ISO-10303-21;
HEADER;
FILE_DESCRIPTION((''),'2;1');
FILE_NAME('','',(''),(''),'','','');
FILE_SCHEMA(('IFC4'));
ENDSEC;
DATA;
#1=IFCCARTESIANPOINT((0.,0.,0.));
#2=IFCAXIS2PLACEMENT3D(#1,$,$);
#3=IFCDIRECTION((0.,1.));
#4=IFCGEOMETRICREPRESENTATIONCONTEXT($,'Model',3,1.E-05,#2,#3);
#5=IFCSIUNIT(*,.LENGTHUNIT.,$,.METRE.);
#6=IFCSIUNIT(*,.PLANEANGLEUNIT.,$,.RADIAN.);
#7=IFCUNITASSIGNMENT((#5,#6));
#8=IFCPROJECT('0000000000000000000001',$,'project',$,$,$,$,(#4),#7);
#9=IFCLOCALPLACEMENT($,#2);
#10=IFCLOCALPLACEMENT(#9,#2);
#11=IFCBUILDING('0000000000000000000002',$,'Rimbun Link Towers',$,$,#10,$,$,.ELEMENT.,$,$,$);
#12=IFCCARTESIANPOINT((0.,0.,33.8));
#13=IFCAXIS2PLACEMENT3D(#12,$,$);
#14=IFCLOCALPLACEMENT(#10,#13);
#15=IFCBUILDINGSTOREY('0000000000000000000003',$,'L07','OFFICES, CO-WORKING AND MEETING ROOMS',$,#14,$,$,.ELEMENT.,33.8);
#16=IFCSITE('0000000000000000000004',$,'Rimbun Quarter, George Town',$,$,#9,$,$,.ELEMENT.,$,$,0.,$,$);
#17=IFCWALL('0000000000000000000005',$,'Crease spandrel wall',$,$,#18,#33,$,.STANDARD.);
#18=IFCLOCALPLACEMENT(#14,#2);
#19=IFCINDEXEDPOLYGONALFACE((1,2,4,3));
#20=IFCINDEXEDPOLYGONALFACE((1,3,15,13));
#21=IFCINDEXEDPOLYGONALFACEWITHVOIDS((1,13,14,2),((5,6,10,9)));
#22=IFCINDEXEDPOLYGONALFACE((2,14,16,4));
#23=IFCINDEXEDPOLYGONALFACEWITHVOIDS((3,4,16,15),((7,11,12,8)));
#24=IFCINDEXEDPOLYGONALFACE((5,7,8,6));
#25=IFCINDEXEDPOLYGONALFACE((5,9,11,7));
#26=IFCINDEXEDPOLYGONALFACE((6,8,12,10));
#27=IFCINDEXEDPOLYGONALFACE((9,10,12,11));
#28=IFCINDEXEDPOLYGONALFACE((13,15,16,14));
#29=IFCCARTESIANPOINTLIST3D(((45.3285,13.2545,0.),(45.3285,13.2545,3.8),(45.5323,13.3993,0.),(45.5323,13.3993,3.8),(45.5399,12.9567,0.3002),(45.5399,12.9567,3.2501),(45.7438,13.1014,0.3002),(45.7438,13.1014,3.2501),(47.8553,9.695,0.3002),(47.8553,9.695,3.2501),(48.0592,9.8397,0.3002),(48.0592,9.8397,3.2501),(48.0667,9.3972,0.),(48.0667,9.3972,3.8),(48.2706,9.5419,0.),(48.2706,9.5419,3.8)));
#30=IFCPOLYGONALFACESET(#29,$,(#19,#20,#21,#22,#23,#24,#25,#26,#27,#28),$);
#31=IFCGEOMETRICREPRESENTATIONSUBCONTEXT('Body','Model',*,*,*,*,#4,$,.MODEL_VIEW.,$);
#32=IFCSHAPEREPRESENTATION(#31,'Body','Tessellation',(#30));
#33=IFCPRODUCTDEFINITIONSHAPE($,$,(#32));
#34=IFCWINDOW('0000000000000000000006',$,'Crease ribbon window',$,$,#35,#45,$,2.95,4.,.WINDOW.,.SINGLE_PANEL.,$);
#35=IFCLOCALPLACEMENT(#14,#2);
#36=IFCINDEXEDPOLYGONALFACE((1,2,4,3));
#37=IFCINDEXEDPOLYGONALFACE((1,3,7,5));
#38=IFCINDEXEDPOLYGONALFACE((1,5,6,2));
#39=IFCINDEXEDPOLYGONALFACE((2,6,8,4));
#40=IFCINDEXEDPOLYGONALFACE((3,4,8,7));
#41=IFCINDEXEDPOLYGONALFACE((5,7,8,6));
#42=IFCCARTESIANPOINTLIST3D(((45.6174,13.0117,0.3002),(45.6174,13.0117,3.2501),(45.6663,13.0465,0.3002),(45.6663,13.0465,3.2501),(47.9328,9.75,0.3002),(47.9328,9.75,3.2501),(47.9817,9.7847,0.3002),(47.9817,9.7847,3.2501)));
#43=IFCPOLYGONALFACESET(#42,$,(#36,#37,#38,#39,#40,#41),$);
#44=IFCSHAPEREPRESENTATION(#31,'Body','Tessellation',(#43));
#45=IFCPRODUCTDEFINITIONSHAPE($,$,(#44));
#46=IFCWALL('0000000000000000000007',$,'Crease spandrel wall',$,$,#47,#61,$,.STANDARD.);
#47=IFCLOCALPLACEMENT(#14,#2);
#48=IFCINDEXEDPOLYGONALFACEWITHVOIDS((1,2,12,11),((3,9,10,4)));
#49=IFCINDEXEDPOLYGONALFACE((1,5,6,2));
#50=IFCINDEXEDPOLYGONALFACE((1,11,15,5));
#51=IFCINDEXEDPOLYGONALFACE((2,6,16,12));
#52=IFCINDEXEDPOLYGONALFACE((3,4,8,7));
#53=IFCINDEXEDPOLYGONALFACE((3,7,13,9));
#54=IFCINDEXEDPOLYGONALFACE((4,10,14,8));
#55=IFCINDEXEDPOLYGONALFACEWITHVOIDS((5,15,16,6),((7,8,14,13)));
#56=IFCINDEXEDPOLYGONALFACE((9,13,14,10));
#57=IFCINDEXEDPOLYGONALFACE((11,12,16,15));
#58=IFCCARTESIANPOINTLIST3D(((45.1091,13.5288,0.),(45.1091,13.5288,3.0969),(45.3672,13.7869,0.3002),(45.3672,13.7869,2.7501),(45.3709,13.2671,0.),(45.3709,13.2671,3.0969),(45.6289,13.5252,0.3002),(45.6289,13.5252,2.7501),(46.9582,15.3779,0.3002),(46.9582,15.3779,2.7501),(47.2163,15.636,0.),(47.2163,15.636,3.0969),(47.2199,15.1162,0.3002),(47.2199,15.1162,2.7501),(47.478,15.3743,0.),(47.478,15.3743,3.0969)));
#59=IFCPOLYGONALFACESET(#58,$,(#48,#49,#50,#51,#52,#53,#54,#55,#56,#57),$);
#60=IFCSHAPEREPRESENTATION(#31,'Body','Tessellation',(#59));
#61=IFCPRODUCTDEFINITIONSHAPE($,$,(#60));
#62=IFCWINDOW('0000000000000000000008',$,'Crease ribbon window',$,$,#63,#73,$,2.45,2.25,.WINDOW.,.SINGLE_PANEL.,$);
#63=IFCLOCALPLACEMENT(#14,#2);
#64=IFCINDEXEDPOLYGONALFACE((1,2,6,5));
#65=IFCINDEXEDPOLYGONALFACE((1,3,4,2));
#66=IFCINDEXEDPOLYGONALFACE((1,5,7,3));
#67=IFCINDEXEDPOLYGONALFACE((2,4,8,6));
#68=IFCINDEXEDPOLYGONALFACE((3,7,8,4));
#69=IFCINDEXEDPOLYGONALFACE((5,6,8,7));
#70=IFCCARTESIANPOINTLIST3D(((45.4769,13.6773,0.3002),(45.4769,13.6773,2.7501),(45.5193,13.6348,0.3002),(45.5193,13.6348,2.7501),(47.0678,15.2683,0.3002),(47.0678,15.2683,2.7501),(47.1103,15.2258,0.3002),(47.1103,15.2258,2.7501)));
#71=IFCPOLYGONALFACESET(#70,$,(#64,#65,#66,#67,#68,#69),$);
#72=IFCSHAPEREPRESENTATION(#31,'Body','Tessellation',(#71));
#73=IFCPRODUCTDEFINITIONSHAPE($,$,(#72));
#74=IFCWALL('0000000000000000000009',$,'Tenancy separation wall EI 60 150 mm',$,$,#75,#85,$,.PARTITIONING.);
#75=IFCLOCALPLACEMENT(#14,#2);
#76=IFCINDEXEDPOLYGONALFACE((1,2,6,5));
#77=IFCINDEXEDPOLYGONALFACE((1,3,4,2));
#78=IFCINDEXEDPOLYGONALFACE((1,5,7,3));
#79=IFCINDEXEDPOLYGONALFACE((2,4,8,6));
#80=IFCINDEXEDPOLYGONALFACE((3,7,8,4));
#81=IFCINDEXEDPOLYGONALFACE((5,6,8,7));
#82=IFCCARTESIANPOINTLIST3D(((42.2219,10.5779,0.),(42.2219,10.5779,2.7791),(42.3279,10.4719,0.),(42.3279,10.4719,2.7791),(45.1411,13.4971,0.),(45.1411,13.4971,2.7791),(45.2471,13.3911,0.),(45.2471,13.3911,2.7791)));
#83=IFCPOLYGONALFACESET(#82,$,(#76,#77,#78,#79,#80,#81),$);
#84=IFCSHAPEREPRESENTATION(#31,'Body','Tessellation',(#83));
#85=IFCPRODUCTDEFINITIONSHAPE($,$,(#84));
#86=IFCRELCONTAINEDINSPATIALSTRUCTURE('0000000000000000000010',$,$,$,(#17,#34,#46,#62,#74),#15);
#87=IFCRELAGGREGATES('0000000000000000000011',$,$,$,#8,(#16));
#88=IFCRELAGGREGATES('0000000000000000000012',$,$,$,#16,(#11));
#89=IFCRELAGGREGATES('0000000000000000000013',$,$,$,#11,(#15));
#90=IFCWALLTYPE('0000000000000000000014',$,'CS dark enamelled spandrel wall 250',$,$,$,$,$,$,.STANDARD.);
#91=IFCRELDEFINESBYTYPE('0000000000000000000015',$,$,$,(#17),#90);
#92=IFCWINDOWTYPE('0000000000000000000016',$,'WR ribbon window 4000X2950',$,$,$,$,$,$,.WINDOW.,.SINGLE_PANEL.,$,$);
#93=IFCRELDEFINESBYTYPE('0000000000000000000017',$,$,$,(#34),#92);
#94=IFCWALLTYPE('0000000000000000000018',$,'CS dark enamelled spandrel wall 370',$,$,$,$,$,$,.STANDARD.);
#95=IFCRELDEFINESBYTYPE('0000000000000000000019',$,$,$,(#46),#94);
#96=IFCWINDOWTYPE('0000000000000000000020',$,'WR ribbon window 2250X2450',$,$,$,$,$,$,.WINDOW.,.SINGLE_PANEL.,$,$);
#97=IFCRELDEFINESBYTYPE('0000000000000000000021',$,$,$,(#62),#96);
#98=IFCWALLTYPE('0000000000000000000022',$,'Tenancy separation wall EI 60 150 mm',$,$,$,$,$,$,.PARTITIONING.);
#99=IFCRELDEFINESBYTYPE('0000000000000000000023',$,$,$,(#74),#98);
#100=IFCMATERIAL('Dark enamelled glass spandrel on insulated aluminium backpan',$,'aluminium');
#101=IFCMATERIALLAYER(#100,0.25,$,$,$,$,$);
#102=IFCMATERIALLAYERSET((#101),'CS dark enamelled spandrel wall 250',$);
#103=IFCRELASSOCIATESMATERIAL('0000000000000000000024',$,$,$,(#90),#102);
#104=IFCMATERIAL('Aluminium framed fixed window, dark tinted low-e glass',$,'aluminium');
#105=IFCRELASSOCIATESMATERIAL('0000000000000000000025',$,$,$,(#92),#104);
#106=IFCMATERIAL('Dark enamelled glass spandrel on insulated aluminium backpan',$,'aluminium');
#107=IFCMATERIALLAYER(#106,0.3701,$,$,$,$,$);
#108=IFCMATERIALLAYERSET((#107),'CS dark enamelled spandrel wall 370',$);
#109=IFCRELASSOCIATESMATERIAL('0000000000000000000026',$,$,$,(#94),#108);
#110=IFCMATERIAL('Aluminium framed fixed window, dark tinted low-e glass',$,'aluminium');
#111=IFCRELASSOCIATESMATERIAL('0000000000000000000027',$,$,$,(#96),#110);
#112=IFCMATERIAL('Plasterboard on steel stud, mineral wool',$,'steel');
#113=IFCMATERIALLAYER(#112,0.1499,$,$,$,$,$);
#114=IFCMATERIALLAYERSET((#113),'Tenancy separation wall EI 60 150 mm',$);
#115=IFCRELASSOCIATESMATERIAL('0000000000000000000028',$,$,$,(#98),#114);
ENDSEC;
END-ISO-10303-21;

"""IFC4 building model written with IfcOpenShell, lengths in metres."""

from ifc_helpers import new_model, si_unit, direction, frame, frame_2d, origin, place, context, subcontext, project, spatial, rectangle, extrude, material, layer, layer_set, type_object, element, fill, save


model = new_model("IFC4")

# Units and contexts
model_context = context("Model", 3, precision=1e-05, world=origin(), true_north=direction((0.0, 1.0)))
body_context = subcontext(model_context, "Body", "Model", "MODEL_VIEW")
ifc_project = project(units=[si_unit("LENGTHUNIT", "METRE"), si_unit("PLANEANGLEUNIT", "RADIAN")], contexts=[model_context])

# Site, building, storey
site_placement = place(None, origin())
site = spatial("IfcSite", under=ifc_project, at=site_placement, Name="Rimbun Quarter, George Town", CompositionType="ELEMENT", RefElevation=0.0)
building_placement = place(site_placement, origin())
building = spatial("IfcBuilding", under=site, at=building_placement, Name="Rimbun Link Towers", CompositionType="ELEMENT")
storey_placement = place(building_placement, frame((0.0, 0.0, 33.8)))
storey = spatial("IfcBuildingStorey", under=building, at=storey_placement, Name="L07", Description="OFFICES, CO-WORKING AND MEETING ROOMS", CompositionType="ELEMENT", Elevation=33.8)

# Walls, openings, windows
ifc_material_1 = material(Name="Dark enamelled glass spandrel on insulated aluminium backpan", Category="aluminium")
ifc_layer_1 = layer(ifc_material_1, 0.25)
ifc_layer_set_1 = layer_set([ifc_layer_1], Name="CS dark enamelled spandrel wall 250")
wall_type_1 = type_object("IfcWallType", Name="CS dark enamelled spandrel wall 250", PredefinedType="STANDARD", material=ifc_layer_set_1)
wall_1_placement = place(storey_placement, frame((45.4304, 13.3269, 0.0), z_axis=(0.0, 0.0, 1.0), x_axis=(0.578853, -0.815432, 0.0)))
wall_1 = element("IfcWall", 1, at=wall_1_placement, inside=storey, type_object=wall_type_1, Name="Crease spandrel wall", PredefinedType="STANDARD", context=body_context, shape_type="SweptSolid", body=[
    extrude(rectangle(XDim=4.7305, YDim=0.25, at=frame_2d((2.3652, 0.0))), origin(), (0.0, 0.0, 1.0), 3.8),
])
opening_1_placement = place(wall_1_placement, frame((0.3652, 0.0, 0.3)))
opening_1 = element("IfcOpeningElement", 2, at=opening_1_placement, cuts=wall_1, PredefinedType="OPENING", context=body_context, shape_type="SweptSolid", body=[
    extrude(rectangle(XDim=4.0, YDim=2.95, at=frame_2d((2.0, 1.4751))), frame((0.0, 0.135, 0.0), z_axis=(0.0, -1.0, 0.0), x_axis=(1.0, 0.0, 0.0)), (0.0, 0.0, 1.0), 0.27),
])
ifc_material_2 = material(Name="Aluminium framed fixed window, dark tinted low-e glass", Category="aluminium")
window_type_1 = type_object("IfcWindowType", Name="WR ribbon window 4000X2950", PartitioningType="SINGLE_PANEL", PredefinedType="WINDOW", material=ifc_material_2)
window_1_placement = place(opening_1_placement, origin())
window_1 = element("IfcWindow", 3, at=window_1_placement, inside=storey, type_object=window_type_1, Name="Crease ribbon window", OverallHeight=2.95, OverallWidth=4.0, PartitioningType="SINGLE_PANEL", PredefinedType="WINDOW", context=body_context, shape_type="SweptSolid", body=[
    extrude(rectangle(XDim=4.0, YDim=2.95, at=frame_2d((2.0, 1.4751))), frame((0.0, 0.03, 0.0), z_axis=(0.0, -1.0, 0.0), x_axis=(1.0, 0.0, 0.0)), (0.0, 0.0, 1.0), 0.0601),
])
fill(opening_1, window_1)
ifc_material_3 = material(Name="Dark enamelled glass spandrel on insulated aluminium backpan", Category="aluminium")
ifc_layer_2 = layer(ifc_material_3, 0.3701)
ifc_layer_set_2 = layer_set([ifc_layer_2], Name="CS dark enamelled spandrel wall 370")
wall_type_2 = type_object("IfcWallType", Name="CS dark enamelled spandrel wall 370", PredefinedType="STANDARD", material=ifc_layer_set_2)
wall_2_placement = place(storey_placement, frame((47.3472, 15.5051, 0.0), z_axis=(0.0, 0.0, 1.0), x_axis=(-0.707107, -0.707107, 0.0)))
wall_2 = element("IfcWall", 4, at=wall_2_placement, inside=storey, type_object=wall_type_2, Name="Crease spandrel wall", PredefinedType="STANDARD", context=body_context, shape_type="SweptSolid", body=[
    extrude(rectangle(XDim=2.98, YDim=0.3701, at=frame_2d((1.49, 0.0))), origin(), (0.0, 0.0, 1.0), 3.0969),
])
opening_2_placement = place(wall_2_placement, frame((0.365, 0.0, 0.3)))
opening_2 = element("IfcOpeningElement", 5, at=opening_2_placement, cuts=wall_2, PredefinedType="OPENING", context=body_context, shape_type="SweptSolid", body=[
    extrude(rectangle(XDim=2.25, YDim=2.45, at=frame_2d((1.125, 1.2251))), frame((0.0, 0.1951, 0.0), z_axis=(0.0, -1.0, 0.0), x_axis=(1.0, 0.0, 0.0)), (0.0, 0.0, 1.0), 0.3901),
])
ifc_material_4 = material(Name="Aluminium framed fixed window, dark tinted low-e glass", Category="aluminium")
window_type_2 = type_object("IfcWindowType", Name="WR ribbon window 2250X2450", PartitioningType="SINGLE_PANEL", PredefinedType="WINDOW", material=ifc_material_4)
window_2_placement = place(opening_2_placement, origin())
window_2 = element("IfcWindow", 6, at=window_2_placement, inside=storey, type_object=window_type_2, Name="Crease ribbon window", OverallHeight=2.45, OverallWidth=2.25, PartitioningType="SINGLE_PANEL", PredefinedType="WINDOW", context=body_context, shape_type="SweptSolid", body=[
    extrude(rectangle(XDim=2.25, YDim=2.45, at=frame_2d((1.125, 1.2251))), frame((0.0, 0.03, 0.0), z_axis=(0.0, -1.0, 0.0), x_axis=(1.0, 0.0, 0.0)), (0.0, 0.0, 1.0), 0.0601),
])
fill(opening_2, window_2)

# Wall
ifc_material_5 = material(Name="Plasterboard on steel stud, mineral wool", Category="steel")
ifc_layer_3 = layer(ifc_material_5, 0.1499)
ifc_layer_set_3 = layer_set([ifc_layer_3], Name="Tenancy separation wall EI 60 150 mm")
wall_type_3 = type_object("IfcWallType", Name="Tenancy separation wall EI 60 150 mm", PredefinedType="PARTITIONING", material=ifc_layer_set_3)
wall_3_placement = place(storey_placement, frame((42.2749, 10.5249, 0.0), z_axis=(0.0, 0.0, 1.0), x_axis=(0.707107, 0.707107, 0.0)))
element("IfcWall", 7, at=wall_3_placement, inside=storey, type_object=wall_type_3, Name="Tenancy separation wall EI 60 150 mm", PredefinedType="PARTITIONING", context=body_context, shape_type="SweptSolid", body=[
    extrude(rectangle(XDim=4.1284, YDim=0.1499, at=frame_2d((2.0642, 0.0))), origin(), (0.0, 0.0, 1.0), 2.7791),
])

save(model, "model.ifc")
